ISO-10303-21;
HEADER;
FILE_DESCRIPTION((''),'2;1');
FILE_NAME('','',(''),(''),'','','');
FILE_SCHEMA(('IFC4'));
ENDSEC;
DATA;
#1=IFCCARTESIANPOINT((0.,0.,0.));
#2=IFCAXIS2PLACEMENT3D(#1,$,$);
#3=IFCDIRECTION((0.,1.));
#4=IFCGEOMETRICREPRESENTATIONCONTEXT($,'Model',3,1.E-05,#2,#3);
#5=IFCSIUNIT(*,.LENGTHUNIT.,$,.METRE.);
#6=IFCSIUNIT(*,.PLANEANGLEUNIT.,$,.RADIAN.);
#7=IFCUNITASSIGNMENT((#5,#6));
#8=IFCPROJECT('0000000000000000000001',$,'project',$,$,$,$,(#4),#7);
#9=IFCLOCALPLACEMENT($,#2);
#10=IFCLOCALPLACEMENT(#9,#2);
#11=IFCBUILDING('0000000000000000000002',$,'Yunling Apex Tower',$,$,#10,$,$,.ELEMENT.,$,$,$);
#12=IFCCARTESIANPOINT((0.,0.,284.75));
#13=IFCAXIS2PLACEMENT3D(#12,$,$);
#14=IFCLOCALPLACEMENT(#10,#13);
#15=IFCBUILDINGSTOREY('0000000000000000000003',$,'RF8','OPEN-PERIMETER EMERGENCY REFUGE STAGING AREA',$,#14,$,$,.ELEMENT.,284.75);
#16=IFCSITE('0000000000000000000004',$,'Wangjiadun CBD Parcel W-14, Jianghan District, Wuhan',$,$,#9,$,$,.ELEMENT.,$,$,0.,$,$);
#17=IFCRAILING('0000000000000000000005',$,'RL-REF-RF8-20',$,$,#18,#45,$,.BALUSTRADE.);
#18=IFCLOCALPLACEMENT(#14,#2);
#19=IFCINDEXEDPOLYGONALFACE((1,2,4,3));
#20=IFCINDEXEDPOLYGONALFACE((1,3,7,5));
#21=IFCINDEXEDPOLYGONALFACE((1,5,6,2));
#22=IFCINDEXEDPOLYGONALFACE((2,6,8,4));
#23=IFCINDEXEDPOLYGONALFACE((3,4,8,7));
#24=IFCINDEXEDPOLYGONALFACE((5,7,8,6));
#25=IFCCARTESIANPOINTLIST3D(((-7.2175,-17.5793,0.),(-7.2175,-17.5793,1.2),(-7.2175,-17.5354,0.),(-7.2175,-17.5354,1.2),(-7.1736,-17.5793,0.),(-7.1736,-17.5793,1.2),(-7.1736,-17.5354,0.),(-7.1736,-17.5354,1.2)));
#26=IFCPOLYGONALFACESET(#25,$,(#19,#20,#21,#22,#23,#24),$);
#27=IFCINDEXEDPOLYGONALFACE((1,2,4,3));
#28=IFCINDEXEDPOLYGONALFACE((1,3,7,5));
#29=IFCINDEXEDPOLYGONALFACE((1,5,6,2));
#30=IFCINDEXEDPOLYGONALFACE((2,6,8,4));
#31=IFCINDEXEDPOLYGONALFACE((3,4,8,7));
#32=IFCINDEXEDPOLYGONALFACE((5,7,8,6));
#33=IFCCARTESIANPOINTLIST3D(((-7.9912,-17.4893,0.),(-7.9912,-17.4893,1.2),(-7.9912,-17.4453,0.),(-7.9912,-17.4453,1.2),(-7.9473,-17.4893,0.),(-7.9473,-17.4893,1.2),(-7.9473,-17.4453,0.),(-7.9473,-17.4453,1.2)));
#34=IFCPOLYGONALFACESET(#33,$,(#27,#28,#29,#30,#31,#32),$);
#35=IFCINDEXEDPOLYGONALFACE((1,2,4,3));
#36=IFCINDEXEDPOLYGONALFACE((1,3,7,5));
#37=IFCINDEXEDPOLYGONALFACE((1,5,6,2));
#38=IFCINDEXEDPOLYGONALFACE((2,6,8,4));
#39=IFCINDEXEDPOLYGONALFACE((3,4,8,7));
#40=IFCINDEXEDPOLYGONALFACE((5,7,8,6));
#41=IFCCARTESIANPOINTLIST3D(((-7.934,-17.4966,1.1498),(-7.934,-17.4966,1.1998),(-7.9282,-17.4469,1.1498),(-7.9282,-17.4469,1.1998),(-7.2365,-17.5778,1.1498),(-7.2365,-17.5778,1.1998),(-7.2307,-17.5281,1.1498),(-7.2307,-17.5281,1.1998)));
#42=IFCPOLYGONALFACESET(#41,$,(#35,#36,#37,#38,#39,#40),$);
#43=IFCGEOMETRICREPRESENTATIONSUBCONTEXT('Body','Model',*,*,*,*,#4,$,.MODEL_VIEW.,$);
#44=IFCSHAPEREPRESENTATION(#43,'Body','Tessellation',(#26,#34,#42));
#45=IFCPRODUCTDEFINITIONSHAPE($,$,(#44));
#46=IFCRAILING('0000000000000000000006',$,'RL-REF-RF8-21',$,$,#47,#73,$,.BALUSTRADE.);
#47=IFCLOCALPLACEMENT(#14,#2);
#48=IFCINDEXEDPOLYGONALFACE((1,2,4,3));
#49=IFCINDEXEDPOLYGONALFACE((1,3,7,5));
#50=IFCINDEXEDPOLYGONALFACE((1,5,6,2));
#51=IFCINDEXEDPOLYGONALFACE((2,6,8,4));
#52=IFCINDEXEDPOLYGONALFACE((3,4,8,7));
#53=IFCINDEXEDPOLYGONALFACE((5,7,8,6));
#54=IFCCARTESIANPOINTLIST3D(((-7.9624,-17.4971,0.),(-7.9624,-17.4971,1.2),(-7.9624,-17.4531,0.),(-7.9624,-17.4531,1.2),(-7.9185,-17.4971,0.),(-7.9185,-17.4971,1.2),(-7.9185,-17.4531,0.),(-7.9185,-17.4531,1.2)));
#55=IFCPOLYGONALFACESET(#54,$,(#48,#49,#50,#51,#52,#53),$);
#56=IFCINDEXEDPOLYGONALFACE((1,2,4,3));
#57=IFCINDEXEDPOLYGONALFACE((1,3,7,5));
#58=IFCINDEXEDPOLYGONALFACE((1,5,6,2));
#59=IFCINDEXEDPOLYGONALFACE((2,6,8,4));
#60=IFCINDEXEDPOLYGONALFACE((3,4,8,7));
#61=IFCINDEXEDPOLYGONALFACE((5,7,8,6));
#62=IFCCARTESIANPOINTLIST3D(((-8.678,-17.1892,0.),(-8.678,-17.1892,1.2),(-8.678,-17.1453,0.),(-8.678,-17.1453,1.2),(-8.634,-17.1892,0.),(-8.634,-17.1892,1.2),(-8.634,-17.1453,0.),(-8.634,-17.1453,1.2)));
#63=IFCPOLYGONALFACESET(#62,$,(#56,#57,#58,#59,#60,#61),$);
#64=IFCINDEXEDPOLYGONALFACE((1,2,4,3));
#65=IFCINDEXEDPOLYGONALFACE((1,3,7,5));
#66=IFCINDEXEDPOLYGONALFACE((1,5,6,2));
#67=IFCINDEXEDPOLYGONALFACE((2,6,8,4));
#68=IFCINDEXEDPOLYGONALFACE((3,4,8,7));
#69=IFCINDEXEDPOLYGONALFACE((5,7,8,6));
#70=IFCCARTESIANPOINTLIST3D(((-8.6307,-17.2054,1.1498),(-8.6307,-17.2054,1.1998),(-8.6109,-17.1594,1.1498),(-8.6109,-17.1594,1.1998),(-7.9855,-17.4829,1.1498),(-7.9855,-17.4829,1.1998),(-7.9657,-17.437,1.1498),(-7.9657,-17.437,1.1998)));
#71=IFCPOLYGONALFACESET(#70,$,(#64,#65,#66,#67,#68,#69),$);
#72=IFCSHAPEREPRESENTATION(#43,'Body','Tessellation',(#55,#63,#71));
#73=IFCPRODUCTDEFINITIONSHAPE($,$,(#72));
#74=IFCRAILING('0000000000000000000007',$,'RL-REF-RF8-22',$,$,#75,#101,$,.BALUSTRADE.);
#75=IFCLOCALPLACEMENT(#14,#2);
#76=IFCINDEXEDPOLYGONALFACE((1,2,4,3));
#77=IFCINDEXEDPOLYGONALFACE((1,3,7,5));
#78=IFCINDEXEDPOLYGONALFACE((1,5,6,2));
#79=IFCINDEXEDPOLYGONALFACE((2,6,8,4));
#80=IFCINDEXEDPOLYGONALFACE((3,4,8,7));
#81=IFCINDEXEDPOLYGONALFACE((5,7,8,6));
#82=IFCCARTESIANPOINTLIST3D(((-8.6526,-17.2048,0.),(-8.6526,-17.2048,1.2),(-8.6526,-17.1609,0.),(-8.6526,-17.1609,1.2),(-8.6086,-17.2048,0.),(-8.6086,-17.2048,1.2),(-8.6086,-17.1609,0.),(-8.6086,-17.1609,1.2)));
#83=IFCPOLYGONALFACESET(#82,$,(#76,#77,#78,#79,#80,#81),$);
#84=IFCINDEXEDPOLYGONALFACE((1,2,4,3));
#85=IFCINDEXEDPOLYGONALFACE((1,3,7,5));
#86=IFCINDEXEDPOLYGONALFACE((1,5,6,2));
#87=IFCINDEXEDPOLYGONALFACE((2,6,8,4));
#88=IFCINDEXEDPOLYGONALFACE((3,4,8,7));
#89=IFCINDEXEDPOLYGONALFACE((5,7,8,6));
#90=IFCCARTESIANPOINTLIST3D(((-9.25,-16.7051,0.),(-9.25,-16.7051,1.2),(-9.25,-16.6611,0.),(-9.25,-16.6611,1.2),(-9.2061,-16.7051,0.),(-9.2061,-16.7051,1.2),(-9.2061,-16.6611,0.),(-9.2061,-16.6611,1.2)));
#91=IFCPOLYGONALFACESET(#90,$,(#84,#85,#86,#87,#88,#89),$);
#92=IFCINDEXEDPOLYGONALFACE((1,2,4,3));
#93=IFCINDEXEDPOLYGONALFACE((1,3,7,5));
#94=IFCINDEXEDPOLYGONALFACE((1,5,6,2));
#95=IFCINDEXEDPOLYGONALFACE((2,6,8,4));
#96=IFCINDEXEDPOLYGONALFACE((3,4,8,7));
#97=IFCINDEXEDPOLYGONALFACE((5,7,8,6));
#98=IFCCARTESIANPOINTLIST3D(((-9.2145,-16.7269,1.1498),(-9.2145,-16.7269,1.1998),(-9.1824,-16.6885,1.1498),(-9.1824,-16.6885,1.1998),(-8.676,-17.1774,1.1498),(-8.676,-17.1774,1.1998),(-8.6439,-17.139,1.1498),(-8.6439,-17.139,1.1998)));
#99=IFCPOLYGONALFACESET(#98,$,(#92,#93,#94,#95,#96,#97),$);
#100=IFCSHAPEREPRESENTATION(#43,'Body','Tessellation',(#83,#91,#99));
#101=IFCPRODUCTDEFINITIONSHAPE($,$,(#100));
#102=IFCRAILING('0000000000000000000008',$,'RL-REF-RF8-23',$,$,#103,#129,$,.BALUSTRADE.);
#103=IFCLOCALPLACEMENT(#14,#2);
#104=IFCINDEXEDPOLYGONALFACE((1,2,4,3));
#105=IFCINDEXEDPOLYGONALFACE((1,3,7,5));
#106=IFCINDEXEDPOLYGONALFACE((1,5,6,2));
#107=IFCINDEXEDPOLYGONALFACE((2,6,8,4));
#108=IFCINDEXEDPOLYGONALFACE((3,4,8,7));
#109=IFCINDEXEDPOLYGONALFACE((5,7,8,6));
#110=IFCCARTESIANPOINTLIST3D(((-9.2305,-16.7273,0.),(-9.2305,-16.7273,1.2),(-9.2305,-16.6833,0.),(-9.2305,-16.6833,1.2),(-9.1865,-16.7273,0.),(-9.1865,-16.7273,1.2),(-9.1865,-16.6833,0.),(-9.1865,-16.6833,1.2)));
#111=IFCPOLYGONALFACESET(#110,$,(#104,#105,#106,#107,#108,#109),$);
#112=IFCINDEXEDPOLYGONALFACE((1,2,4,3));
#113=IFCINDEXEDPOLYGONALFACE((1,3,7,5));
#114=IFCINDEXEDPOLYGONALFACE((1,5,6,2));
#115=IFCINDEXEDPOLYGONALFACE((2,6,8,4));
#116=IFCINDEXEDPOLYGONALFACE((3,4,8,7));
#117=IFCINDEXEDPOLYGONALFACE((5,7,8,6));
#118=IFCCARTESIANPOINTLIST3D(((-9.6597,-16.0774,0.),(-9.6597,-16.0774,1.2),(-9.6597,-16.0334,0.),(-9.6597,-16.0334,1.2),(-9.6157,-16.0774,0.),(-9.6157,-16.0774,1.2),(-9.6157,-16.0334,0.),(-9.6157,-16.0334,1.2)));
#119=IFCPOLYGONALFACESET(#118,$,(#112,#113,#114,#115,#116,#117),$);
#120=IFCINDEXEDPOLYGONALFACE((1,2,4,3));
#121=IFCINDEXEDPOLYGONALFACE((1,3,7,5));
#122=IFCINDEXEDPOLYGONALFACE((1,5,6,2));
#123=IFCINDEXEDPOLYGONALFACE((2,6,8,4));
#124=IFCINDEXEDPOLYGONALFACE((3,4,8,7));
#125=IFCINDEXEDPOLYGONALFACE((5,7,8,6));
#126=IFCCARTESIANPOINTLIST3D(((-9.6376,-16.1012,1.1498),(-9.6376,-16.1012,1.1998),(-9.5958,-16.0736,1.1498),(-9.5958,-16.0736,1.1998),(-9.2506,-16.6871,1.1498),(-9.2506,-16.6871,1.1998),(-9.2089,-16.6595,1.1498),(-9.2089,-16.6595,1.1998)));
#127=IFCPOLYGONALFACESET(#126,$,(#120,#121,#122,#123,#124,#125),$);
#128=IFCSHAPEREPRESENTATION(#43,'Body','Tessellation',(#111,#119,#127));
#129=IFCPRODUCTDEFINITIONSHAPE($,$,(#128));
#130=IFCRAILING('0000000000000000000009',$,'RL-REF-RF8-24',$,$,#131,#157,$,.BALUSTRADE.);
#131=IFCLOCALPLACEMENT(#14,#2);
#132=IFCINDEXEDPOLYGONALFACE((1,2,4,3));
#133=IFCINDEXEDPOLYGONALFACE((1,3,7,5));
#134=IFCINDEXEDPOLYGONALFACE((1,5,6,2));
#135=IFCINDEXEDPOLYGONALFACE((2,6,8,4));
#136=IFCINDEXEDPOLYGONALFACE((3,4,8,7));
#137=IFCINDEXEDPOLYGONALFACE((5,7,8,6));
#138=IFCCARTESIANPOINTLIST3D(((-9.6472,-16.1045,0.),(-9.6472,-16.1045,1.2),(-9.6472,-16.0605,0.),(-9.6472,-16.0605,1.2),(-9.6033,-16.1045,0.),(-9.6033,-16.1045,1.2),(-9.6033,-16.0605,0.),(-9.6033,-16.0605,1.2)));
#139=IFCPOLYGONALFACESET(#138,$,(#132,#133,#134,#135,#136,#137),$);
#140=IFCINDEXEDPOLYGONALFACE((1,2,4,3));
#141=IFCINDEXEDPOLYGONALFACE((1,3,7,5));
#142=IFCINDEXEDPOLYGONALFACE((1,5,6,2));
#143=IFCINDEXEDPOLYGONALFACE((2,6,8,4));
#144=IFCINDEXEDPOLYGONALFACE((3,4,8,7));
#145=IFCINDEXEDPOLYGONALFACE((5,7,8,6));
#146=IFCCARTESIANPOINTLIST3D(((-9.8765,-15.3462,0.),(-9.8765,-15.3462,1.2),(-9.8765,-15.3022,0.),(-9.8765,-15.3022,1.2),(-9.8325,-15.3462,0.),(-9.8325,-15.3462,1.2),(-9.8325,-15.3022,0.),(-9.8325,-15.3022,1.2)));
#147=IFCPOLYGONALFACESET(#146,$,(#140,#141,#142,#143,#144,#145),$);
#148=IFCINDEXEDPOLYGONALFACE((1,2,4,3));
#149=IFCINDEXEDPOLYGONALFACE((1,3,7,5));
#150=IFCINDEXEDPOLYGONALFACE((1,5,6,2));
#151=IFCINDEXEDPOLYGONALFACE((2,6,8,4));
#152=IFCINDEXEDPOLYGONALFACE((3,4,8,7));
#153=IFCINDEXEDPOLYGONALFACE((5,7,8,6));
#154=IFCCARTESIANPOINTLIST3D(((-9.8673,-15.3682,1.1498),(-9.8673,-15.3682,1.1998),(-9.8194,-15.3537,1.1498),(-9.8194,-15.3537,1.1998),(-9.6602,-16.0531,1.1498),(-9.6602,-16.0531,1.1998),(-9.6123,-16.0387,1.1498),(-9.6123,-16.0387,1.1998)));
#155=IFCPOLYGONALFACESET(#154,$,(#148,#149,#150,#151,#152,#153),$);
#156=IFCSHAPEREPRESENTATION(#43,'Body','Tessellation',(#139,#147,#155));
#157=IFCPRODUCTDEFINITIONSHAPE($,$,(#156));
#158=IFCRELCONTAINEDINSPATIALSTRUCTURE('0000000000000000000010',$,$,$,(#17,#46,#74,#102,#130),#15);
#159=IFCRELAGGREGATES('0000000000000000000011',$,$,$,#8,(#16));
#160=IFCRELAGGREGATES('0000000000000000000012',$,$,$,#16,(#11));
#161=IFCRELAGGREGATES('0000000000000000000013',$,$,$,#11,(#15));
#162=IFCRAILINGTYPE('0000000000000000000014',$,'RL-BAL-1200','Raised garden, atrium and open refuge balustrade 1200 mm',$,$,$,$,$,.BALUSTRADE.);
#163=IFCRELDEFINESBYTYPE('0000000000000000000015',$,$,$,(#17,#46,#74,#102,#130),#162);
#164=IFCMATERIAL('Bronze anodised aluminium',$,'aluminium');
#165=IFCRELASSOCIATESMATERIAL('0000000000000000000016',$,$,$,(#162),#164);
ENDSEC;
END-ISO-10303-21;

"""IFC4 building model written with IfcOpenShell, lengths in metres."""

from ifc_helpers import new_model, si_unit, direction, frame, origin, origin_2d, place, context, subcontext, project, spatial, rectangle, extrude, material, type_object, element, save


model = new_model("IFC4")

# Units and contexts
model_context = context("Model", 3, precision=1e-05, world=origin(), true_north=direction((0.0, 1.0)))
body_context = subcontext(model_context, "Body", "Model", "MODEL_VIEW")
ifc_project = project(units=[si_unit("LENGTHUNIT", "METRE"), si_unit("PLANEANGLEUNIT", "RADIAN")], contexts=[model_context])

# Site, building, storey
site_placement = place(None, origin())
site = spatial("IfcSite", under=ifc_project, at=site_placement, Name="Wangjiadun CBD Parcel W-14, Jianghan District, Wuhan", CompositionType="ELEMENT", RefElevation=0.0)
building_placement = place(site_placement, origin())
building = spatial("IfcBuilding", under=site, at=building_placement, Name="Yunling Apex Tower", CompositionType="ELEMENT")
storey_placement = place(building_placement, frame((0.0, 0.0, 284.75)))
storey = spatial("IfcBuildingStorey", under=building, at=storey_placement, Name="RF8", Description="OPEN-PERIMETER EMERGENCY REFUGE STAGING AREA", CompositionType="ELEMENT", Elevation=284.75)

# Railings
ifc_material_1 = material(Name="Bronze anodised aluminium", Category="aluminium")
railing_type = type_object("IfcRailingType", Name="RL-BAL-1200", Description="Raised garden, atrium and open refuge balustrade 1200 mm", PredefinedType="BALUSTRADE", material=ifc_material_1)
railing_1_placement = place(storey_placement, frame((-7.1956, -17.5574, 0.0)))
element("IfcRailing", 1, at=railing_1_placement, inside=storey, type_object=railing_type, Name="RL-REF-RF8-20", PredefinedType="BALUSTRADE", context=body_context, shape_type="SweptSolid", body=[
    extrude(rectangle(XDim=0.0439, YDim=0.0439, at=origin_2d()), origin(), (0.0, 0.0, 1.0), 1.2),
    extrude(rectangle(XDim=0.0439, YDim=0.0439, at=origin_2d()), frame((-0.7737, 0.0901, 0.0)), (0.0, 0.0, 1.0), 1.2),
    extrude(rectangle(XDim=0.05, YDim=0.05, at=origin_2d()), frame((-0.0381, 0.0044, 1.1748), z_axis=(-0.993289, 0.115659, 0.0), x_axis=(-0.115659, -0.993289, 0.0)), (0.0, 0.0, 1.0), 0.7021),
])
railing_2_placement = place(storey_placement, frame((-7.9404, -17.4751, 0.0)))
element("IfcRailing", 2, at=railing_2_placement, inside=storey, type_object=railing_type, Name="RL-REF-RF8-21", PredefinedType="BALUSTRADE", context=body_context, shape_type="SweptSolid", body=[
    extrude(rectangle(XDim=0.0439, YDim=0.0439, at=origin_2d()), origin(), (0.0, 0.0, 1.0), 1.2),
    extrude(rectangle(XDim=0.0439, YDim=0.0439, at=origin_2d()), frame((-0.7156, 0.3079, 0.0)), (0.0, 0.0, 1.0), 1.2),
    extrude(rectangle(XDim=0.05, YDim=0.05, at=origin_2d()), frame((-0.0352, 0.0151, 1.1748), z_axis=(-0.918593, 0.395205, 0.0), x_axis=(-0.395205, -0.918593, 0.0)), (0.0, 0.0, 1.0), 0.7024),
])
railing_3_placement = place(storey_placement, frame((-8.6306, -17.1829, 0.0)))
element("IfcRailing", 3, at=railing_3_placement, inside=storey, type_object=railing_type, Name="RL-REF-RF8-22", PredefinedType="BALUSTRADE", context=body_context, shape_type="SweptSolid", body=[
    extrude(rectangle(XDim=0.0439, YDim=0.0439, at=origin_2d()), origin(), (0.0, 0.0, 1.0), 1.2),
    extrude(rectangle(XDim=0.0439, YDim=0.0439, at=origin_2d()), frame((-0.5974, 0.4998, 0.0)), (0.0, 0.0, 1.0), 1.2),
    extrude(rectangle(XDim=0.05, YDim=0.05, at=origin_2d()), frame((-0.0293, 0.0247, 1.1748), z_axis=(-0.767012, 0.641632, 0.0), x_axis=(-0.641632, -0.767012, 0.0)), (0.0, 0.0, 1.0), 0.7021),
])
railing_4_placement = place(storey_placement, frame((-9.2085, -16.7053, 0.0)))
element("IfcRailing", 4, at=railing_4_placement, inside=storey, type_object=railing_type, Name="RL-REF-RF8-23", PredefinedType="BALUSTRADE", context=body_context, shape_type="SweptSolid", body=[
    extrude(rectangle(XDim=0.0439, YDim=0.0439, at=origin_2d()), origin(), (0.0, 0.0, 1.0), 1.2),
    extrude(rectangle(XDim=0.0439, YDim=0.0439, at=origin_2d()), frame((-0.4292, 0.6499, 0.0)), (0.0, 0.0, 1.0), 1.2),
    extrude(rectangle(XDim=0.05, YDim=0.05, at=origin_2d()), frame((-0.0212, 0.032, 1.1748), z_axis=(-0.551078, 0.834454, 0.0), x_axis=(-0.834454, -0.551078, 0.0)), (0.0, 0.0, 1.0), 0.7021),
])
railing_5_placement = place(storey_placement, frame((-9.6252, -16.0825, 0.0)))
element("IfcRailing", 5, at=railing_5_placement, inside=storey, type_object=railing_type, Name="RL-REF-RF8-24", PredefinedType="BALUSTRADE", context=body_context, shape_type="SweptSolid", body=[
    extrude(rectangle(XDim=0.0439, YDim=0.0439, at=origin_2d()), origin(), (0.0, 0.0, 1.0), 1.2),
    extrude(rectangle(XDim=0.0439, YDim=0.0439, at=origin_2d()), frame((-0.2292, 0.7583, 0.0)), (0.0, 0.0, 1.0), 1.2),
    extrude(rectangle(XDim=0.05, YDim=0.05, at=origin_2d()), frame((-0.011, 0.0366, 1.1748), z_axis=(-0.289383, 0.957213, 0.0), x_axis=(-0.957213, -0.289383, 0.0)), (0.0, 0.0, 1.0), 0.7156),
])

save(model, "model.ifc")
